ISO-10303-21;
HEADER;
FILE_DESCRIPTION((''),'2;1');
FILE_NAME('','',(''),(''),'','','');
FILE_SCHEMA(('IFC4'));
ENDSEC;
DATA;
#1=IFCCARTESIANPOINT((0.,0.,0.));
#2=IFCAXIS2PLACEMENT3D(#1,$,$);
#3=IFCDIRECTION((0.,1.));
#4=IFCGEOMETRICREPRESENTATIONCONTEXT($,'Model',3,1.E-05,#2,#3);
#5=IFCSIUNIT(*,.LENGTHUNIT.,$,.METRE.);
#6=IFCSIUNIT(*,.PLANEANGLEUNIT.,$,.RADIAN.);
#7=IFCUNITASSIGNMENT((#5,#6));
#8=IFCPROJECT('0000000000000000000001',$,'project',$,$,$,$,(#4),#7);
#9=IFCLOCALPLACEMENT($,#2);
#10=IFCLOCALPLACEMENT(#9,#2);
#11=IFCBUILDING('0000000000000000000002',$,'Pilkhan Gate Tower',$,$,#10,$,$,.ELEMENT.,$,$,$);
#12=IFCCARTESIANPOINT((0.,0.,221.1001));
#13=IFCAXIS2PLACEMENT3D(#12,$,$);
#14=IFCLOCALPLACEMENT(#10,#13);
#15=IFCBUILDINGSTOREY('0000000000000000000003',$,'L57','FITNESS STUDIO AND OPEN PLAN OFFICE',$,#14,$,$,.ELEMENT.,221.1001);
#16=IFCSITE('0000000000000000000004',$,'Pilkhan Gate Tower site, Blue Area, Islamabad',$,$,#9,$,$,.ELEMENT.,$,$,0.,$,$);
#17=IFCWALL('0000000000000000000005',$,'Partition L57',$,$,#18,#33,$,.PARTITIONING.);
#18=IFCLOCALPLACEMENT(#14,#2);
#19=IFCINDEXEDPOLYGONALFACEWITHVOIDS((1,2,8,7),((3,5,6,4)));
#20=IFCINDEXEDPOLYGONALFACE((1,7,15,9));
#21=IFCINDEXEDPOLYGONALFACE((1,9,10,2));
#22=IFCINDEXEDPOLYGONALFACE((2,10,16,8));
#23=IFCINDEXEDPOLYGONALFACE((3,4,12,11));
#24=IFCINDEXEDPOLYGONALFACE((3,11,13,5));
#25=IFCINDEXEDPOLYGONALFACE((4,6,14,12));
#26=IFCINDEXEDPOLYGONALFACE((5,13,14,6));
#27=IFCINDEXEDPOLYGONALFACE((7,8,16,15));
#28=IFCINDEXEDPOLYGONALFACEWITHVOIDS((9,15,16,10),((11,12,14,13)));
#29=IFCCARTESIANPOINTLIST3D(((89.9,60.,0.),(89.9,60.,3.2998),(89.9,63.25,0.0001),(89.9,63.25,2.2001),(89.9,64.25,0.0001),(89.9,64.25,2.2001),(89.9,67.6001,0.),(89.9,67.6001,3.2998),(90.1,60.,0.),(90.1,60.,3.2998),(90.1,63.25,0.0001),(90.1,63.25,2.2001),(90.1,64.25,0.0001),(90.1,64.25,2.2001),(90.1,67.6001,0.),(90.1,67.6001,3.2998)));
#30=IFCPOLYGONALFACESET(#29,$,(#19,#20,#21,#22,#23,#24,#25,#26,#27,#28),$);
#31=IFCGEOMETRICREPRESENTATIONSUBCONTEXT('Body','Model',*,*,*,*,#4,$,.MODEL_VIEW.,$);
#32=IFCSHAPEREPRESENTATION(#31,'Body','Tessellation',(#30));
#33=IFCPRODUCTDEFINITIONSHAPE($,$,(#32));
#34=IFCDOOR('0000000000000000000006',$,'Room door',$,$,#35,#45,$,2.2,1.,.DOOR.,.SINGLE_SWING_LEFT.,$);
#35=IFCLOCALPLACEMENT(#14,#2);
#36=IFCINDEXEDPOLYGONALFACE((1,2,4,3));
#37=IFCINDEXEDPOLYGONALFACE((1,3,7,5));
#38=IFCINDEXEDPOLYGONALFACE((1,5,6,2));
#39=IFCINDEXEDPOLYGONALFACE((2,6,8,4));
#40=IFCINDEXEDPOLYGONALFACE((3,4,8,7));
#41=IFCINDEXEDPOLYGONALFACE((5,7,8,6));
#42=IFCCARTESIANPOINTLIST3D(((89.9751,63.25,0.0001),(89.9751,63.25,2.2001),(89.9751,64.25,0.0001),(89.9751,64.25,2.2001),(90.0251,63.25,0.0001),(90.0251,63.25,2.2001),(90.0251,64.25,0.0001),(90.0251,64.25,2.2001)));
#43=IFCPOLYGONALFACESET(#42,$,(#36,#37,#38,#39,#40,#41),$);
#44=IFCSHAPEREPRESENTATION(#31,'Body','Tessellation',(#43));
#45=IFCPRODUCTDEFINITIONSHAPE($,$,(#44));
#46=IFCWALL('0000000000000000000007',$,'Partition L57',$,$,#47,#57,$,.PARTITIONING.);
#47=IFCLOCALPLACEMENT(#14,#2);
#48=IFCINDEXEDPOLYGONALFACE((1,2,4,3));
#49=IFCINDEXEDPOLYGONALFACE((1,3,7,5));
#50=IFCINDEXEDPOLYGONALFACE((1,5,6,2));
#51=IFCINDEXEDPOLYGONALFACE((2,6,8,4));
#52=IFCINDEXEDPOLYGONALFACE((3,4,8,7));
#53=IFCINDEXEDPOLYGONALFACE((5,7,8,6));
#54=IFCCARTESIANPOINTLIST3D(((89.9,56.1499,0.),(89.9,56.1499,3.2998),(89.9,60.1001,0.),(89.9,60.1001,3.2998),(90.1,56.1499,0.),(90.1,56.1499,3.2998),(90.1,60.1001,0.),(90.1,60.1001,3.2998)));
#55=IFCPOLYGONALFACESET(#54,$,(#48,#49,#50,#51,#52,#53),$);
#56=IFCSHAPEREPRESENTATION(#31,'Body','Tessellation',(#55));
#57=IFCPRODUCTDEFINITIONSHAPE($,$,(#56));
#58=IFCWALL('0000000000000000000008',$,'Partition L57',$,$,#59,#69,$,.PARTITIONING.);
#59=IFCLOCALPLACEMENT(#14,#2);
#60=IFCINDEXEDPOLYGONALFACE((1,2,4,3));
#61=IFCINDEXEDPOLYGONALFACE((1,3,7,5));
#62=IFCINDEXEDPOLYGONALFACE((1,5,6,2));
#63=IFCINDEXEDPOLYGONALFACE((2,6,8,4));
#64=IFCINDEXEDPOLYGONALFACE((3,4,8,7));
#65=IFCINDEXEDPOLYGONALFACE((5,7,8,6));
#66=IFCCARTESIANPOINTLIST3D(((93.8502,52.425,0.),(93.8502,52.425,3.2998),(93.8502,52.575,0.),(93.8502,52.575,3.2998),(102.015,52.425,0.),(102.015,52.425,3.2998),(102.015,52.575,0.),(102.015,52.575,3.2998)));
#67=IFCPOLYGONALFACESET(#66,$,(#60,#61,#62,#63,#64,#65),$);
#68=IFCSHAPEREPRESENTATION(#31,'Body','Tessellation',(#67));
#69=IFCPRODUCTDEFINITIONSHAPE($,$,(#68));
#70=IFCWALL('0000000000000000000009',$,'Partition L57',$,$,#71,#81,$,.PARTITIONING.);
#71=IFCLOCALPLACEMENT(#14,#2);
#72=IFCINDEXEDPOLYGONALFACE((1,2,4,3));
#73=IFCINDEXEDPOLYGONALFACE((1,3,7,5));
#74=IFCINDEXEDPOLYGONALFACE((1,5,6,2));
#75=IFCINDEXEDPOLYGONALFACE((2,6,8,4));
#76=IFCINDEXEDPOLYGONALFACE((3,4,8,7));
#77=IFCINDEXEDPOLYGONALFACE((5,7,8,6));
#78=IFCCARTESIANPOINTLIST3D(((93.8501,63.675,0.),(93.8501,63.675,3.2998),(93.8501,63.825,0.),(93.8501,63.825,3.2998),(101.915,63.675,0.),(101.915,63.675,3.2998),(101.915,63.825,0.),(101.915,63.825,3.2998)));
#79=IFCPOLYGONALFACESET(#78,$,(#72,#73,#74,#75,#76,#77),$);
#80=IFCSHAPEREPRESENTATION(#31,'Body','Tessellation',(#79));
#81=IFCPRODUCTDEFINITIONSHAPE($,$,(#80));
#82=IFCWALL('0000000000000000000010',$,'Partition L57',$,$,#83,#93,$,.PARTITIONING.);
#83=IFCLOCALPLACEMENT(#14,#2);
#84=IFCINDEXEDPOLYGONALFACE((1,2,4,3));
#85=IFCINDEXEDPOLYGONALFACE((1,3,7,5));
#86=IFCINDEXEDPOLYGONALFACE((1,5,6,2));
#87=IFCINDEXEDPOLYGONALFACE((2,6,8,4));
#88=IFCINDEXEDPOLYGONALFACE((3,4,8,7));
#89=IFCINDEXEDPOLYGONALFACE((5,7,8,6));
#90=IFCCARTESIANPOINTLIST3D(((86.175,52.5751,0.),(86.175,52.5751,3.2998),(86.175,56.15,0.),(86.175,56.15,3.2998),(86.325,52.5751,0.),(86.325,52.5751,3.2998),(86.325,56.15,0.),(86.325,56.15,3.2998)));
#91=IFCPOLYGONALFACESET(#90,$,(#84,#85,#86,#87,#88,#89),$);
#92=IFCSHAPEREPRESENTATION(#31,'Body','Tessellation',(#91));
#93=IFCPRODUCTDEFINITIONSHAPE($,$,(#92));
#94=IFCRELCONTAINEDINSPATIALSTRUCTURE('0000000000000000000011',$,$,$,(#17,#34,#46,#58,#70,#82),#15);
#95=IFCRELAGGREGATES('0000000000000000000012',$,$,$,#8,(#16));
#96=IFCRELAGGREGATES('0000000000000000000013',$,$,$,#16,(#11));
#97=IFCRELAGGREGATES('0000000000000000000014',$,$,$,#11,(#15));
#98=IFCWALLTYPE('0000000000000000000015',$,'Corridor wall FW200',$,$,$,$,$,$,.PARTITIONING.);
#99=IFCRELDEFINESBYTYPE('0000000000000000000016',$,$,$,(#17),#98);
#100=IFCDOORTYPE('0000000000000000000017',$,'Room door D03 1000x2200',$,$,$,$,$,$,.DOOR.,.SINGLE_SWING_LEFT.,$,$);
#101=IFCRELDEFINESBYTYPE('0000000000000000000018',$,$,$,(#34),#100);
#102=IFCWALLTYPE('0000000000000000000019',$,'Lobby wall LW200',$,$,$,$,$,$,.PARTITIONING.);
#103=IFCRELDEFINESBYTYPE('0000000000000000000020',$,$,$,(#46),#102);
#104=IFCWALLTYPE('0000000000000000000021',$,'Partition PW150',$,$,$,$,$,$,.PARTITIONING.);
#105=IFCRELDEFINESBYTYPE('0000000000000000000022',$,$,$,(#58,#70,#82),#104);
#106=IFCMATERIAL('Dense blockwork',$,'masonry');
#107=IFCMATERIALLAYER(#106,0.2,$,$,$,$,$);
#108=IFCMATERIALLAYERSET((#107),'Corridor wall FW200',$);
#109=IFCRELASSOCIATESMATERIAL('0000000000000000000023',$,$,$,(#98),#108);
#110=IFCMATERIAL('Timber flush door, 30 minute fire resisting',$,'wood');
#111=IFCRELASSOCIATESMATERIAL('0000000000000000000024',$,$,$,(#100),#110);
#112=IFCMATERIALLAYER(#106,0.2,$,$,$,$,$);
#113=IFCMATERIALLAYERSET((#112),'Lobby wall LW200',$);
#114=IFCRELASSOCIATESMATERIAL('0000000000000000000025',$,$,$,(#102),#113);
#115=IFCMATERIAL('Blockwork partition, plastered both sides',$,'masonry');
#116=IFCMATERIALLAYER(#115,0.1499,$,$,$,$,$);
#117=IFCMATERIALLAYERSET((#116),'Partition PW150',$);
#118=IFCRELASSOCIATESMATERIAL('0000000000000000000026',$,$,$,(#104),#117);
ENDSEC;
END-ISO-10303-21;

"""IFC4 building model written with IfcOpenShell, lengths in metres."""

from ifc_helpers import new_model, si_unit, direction, frame, frame_2d, origin, place, context, subcontext, project, spatial, rectangle, extrude, material, layer, layer_set, type_object, element, fill, save


model = new_model("IFC4")

# Units and contexts
model_context = context("Model", 3, precision=1e-05, world=origin(), true_north=direction((0.0, 1.0)))
body_context = subcontext(model_context, "Body", "Model", "MODEL_VIEW")
ifc_project = project(units=[si_unit("LENGTHUNIT", "METRE"), si_unit("PLANEANGLEUNIT", "RADIAN")], contexts=[model_context])

# Site, building, storey
site_placement = place(None, origin())
site = spatial("IfcSite", under=ifc_project, at=site_placement, Name="Pilkhan Gate Tower site, Blue Area, Islamabad", CompositionType="ELEMENT", RefElevation=0.0)
building_placement = place(site_placement, origin())
building = spatial("IfcBuilding", under=site, at=building_placement, Name="Pilkhan Gate Tower", CompositionType="ELEMENT")
storey_placement = place(building_placement, frame((0.0, 0.0, 221.1001)))
storey = spatial("IfcBuildingStorey", under=building, at=storey_placement, Name="L57", Description="FITNESS STUDIO AND OPEN PLAN OFFICE", CompositionType="ELEMENT", Elevation=221.1001)

# Wall, opening, door
ifc_material_1 = material(Name="Dense blockwork", Category="masonry")
ifc_layer_1 = layer(ifc_material_1, 0.2)
ifc_layer_set_1 = layer_set([ifc_layer_1], Name="Corridor wall FW200")
wall_type_1 = type_object("IfcWallType", Name="Corridor wall FW200", PredefinedType="PARTITIONING", material=ifc_layer_set_1)
wall_1_placement = place(storey_placement, frame((90.0, 60.0, 0.0), z_axis=(0.0, 0.0, 1.0), x_axis=(0.0, 1.0, 0.0)))
wall_1 = element("IfcWall", 1, at=wall_1_placement, inside=storey, type_object=wall_type_1, Name="Partition L57", PredefinedType="PARTITIONING", context=body_context, shape_type="SweptSolid", body=[
    extrude(rectangle(XDim=7.6001, YDim=0.2, at=frame_2d((3.8, 0.0))), origin(), (0.0, 0.0, 1.0), 3.2998),
])
opening_1_placement = place(wall_1_placement, frame((3.25, 0.0, 0.0)))
opening_1 = element("IfcOpeningElement", 2, at=opening_1_placement, cuts=wall_1, PredefinedType="OPENING", context=body_context, shape_type="SweptSolid", body=[
    extrude(rectangle(XDim=1.0, YDim=2.2, at=frame_2d((0.5, 1.1001))), frame((0.0, 0.1099, 0.0), z_axis=(0.0, -1.0, 0.0), x_axis=(1.0, 0.0, 0.0)), (0.0, 0.0, 1.0), 0.22),
])
ifc_material_2 = material(Name="Timber flush door, 30 minute fire resisting", Category="wood")
door_type_1 = type_object("IfcDoorType", Name="Room door D03 1000x2200", OperationType="SINGLE_SWING_LEFT", PredefinedType="DOOR", material=ifc_material_2)
door_1_placement = place(opening_1_placement, origin())
door_1 = element("IfcDoor", 3, at=door_1_placement, inside=storey, type_object=door_type_1, Name="Room door", OperationType="SINGLE_SWING_LEFT", OverallHeight=2.2, OverallWidth=1.0, PredefinedType="DOOR", context=body_context, shape_type="SweptSolid", body=[
    extrude(rectangle(XDim=1.0, YDim=2.2, at=frame_2d((0.5, 1.1001))), frame((0.0, 0.0249, 0.0), z_axis=(0.0, -1.0, 0.0), x_axis=(1.0, 0.0, 0.0)), (0.0, 0.0, 1.0), 0.05),
])
fill(opening_1, door_1)

# Walls
ifc_layer_2 = layer(ifc_material_1, 0.2)
ifc_layer_set_2 = layer_set([ifc_layer_2], Name="Lobby wall LW200")
wall_type_2 = type_object("IfcWallType", Name="Lobby wall LW200", PredefinedType="PARTITIONING", material=ifc_layer_set_2)
wall_2_placement = place(storey_placement, frame((90.0, 56.1499, 0.0), z_axis=(0.0, 0.0, 1.0), x_axis=(0.0, 1.0, 0.0)))
element("IfcWall", 4, at=wall_2_placement, inside=storey, type_object=wall_type_2, Name="Partition L57", PredefinedType="PARTITIONING", context=body_context, shape_type="SweptSolid", body=[
    extrude(rectangle(XDim=3.9502, YDim=0.2, at=frame_2d((1.9751, 0.0))), origin(), (0.0, 0.0, 1.0), 3.2998),
])
ifc_material_3 = material(Name="Blockwork partition, plastered both sides", Category="masonry")
ifc_layer_3 = layer(ifc_material_3, 0.1499)
ifc_layer_set_3 = layer_set([ifc_layer_3], Name="Partition PW150")
wall_type_3 = type_object("IfcWallType", Name="Partition PW150", PredefinedType="PARTITIONING", material=ifc_layer_set_3)
wall_3_placement = place(storey_placement, frame((93.8501, 52.5, 0.0), z_axis=(0.0, 0.0, 1.0), x_axis=(1.0, 0.0, 0.0)))
element("IfcWall", 5, at=wall_3_placement, inside=storey, type_object=wall_type_3, Name="Partition L57", PredefinedType="PARTITIONING", context=body_context, shape_type="SweptSolid", body=[
    extrude(rectangle(XDim=8.1648, YDim=0.1499, at=frame_2d((4.0825, 0.0))), origin(), (0.0, 0.0, 1.0), 3.2998),
])
wall_4_placement = place(storey_placement, frame((93.8501, 63.75, 0.0), z_axis=(0.0, 0.0, 1.0), x_axis=(1.0, 0.0, 0.0)))
element("IfcWall", 6, at=wall_4_placement, inside=storey, type_object=wall_type_3, Name="Partition L57", PredefinedType="PARTITIONING", context=body_context, shape_type="SweptSolid", body=[
    extrude(rectangle(XDim=8.0649, YDim=0.1499, at=frame_2d((4.0325, 0.0))), origin(), (0.0, 0.0, 1.0), 3.2998),
])
wall_5_placement = place(storey_placement, frame((86.25, 52.575, 0.0), z_axis=(0.0, 0.0, 1.0), x_axis=(0.0, 1.0, 0.0)))
element("IfcWall", 7, at=wall_5_placement, inside=storey, type_object=wall_type_3, Name="Partition L57", PredefinedType="PARTITIONING", context=body_context, shape_type="SweptSolid", body=[
    extrude(rectangle(XDim=3.575, YDim=0.1499, at=frame_2d((1.7876, 0.0))), origin(), (0.0, 0.0, 1.0), 3.2998),
])

save(model, "model.ifc")
